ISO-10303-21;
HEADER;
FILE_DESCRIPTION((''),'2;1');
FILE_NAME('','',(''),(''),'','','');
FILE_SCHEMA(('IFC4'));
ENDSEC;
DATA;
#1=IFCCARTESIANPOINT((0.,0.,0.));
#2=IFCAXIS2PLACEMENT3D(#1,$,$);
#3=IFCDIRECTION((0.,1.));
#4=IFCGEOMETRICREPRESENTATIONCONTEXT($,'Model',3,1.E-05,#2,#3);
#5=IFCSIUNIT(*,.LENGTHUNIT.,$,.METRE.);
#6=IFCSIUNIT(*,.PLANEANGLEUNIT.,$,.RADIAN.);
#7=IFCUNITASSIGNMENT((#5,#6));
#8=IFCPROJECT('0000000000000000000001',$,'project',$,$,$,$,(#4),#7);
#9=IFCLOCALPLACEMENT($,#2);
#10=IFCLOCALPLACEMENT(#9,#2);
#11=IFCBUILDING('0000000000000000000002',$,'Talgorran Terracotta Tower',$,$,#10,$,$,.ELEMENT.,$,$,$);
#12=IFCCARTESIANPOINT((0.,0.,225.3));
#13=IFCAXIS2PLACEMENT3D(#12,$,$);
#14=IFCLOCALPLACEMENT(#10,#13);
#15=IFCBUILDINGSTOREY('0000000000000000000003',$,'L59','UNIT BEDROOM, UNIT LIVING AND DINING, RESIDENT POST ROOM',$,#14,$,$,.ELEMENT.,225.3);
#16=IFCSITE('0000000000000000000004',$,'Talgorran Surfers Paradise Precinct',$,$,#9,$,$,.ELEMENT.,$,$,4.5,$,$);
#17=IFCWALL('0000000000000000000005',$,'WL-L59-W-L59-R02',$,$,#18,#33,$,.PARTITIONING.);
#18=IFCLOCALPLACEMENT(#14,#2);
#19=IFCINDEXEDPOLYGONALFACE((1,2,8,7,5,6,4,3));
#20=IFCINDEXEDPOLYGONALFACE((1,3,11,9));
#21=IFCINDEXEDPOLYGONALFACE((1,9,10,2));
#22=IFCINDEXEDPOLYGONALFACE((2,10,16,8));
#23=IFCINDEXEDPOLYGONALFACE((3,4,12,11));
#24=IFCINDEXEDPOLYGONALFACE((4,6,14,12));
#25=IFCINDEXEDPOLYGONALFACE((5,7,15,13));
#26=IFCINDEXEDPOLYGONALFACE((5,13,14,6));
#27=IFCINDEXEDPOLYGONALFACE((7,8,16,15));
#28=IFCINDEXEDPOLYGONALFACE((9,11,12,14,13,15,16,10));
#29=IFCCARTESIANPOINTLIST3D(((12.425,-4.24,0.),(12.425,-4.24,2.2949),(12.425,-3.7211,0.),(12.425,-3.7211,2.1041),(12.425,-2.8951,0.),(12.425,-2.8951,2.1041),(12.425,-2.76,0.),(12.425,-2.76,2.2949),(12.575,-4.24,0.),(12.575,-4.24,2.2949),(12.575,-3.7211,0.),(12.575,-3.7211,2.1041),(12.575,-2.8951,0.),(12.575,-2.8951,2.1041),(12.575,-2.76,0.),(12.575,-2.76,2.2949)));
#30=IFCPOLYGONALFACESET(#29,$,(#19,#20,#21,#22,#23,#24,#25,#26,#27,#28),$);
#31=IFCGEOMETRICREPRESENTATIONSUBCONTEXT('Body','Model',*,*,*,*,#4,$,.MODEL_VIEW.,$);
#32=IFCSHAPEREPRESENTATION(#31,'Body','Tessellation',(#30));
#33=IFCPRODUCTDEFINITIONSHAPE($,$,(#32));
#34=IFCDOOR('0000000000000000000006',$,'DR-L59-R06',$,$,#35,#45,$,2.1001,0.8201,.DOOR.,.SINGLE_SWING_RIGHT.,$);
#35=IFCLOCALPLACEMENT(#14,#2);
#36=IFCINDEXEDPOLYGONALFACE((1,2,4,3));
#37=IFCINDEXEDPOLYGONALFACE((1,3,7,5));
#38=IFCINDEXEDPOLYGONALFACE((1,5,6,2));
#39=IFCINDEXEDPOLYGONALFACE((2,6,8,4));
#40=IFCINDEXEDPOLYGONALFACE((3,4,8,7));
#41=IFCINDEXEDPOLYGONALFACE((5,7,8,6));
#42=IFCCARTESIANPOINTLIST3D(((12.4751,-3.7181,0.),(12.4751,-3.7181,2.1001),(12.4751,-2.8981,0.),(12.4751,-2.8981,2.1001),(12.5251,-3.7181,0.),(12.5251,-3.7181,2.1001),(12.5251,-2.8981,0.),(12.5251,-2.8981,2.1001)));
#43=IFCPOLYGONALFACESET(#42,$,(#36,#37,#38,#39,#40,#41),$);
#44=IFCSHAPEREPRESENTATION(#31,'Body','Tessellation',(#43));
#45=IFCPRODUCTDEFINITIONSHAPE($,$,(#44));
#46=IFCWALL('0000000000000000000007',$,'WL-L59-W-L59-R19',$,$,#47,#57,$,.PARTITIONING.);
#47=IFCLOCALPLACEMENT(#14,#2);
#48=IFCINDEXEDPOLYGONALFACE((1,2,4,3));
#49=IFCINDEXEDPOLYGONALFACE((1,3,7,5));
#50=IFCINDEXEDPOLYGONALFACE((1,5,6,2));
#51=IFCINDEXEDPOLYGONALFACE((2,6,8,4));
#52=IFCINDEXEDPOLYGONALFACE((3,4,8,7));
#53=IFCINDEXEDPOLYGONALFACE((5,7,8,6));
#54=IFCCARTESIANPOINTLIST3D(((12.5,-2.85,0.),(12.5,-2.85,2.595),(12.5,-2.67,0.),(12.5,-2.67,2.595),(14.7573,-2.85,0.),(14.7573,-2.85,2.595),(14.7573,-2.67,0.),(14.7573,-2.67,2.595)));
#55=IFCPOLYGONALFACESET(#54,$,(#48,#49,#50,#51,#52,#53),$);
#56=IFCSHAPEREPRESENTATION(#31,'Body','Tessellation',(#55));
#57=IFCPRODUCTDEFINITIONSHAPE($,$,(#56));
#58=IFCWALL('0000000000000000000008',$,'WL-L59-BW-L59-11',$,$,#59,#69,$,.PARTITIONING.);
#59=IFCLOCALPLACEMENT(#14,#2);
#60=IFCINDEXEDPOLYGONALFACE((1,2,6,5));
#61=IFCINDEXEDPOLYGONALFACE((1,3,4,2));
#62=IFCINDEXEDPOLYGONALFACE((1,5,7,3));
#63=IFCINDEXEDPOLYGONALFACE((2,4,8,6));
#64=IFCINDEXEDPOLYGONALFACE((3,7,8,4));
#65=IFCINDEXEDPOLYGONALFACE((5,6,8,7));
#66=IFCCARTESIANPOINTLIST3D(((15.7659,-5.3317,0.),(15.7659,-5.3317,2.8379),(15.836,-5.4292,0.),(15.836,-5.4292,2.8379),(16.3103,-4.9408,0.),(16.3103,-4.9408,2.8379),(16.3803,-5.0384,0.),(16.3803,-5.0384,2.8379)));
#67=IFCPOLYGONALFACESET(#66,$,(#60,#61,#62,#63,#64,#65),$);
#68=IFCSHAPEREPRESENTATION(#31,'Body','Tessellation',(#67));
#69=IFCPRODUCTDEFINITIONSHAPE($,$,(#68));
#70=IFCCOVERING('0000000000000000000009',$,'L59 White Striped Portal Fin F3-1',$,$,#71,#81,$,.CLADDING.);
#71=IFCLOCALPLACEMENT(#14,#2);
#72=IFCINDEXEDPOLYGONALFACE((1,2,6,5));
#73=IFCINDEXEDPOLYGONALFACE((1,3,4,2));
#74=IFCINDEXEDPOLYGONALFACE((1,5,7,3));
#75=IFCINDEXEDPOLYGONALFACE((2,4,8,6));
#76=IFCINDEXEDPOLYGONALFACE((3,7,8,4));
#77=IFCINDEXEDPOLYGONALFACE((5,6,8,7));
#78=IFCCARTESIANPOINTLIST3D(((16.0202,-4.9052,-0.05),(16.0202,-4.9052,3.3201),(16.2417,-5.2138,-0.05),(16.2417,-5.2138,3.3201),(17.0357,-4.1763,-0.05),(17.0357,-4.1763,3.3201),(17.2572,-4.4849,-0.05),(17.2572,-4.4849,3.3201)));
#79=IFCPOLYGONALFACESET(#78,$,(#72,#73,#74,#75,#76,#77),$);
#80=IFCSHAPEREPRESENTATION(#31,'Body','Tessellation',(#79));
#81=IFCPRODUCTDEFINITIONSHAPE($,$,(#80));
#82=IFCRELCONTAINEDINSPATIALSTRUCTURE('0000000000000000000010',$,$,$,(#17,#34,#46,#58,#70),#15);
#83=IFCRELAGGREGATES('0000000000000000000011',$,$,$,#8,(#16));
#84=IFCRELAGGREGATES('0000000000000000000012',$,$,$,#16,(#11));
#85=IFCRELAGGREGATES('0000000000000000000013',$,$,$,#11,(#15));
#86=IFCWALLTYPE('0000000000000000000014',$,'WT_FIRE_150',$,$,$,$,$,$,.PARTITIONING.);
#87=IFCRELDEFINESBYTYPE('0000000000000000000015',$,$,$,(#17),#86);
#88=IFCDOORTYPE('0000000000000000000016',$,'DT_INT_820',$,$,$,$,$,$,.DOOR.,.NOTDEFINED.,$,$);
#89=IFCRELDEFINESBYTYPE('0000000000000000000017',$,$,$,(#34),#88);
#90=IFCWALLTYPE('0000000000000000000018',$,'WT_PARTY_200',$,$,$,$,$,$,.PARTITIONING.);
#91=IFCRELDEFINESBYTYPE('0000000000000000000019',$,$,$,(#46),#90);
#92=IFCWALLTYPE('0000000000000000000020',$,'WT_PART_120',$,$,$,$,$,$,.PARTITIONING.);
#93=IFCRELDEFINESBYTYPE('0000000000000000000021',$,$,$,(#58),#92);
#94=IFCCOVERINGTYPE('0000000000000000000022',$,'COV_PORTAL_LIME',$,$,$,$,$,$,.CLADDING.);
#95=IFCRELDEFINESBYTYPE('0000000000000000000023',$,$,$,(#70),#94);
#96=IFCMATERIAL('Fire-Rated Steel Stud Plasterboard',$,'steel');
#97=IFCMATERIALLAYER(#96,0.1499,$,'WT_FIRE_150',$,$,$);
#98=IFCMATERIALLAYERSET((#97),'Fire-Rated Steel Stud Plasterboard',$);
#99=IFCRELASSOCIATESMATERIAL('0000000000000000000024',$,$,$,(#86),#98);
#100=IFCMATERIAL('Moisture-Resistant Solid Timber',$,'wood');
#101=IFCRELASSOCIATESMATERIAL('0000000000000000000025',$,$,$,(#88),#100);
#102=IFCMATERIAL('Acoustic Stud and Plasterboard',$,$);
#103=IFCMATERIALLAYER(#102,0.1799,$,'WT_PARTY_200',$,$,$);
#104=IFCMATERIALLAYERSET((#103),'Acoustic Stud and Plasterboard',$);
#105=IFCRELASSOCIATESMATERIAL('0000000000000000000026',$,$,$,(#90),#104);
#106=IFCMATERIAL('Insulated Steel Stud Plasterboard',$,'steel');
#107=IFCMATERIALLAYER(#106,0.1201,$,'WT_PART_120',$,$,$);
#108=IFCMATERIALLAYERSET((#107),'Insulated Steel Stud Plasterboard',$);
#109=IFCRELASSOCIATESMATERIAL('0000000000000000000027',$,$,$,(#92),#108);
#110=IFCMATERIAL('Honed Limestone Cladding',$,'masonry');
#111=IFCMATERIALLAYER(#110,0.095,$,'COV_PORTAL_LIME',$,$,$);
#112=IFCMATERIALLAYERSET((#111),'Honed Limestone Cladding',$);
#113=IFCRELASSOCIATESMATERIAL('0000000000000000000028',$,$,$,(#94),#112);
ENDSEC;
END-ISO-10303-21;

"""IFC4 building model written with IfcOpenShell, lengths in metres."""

from ifc_helpers import new_model, si_unit, direction, frame, frame_2d, origin, origin_2d, place, context, subcontext, project, spatial, rectangle, extrude, material, layer, layer_set, type_object, element, fill, save


model = new_model("IFC4")

# Units and contexts
model_context = context("Model", 3, precision=1e-05, world=origin(), true_north=direction((0.0, 1.0)))
body_context = subcontext(model_context, "Body", "Model", "MODEL_VIEW")
ifc_project = project(units=[si_unit("LENGTHUNIT", "METRE"), si_unit("PLANEANGLEUNIT", "RADIAN")], contexts=[model_context])

# Site, building, storey
site_placement = place(None, origin())
site = spatial("IfcSite", under=ifc_project, at=site_placement, Name="Talgorran Surfers Paradise Precinct", CompositionType="ELEMENT", RefElevation=4.5)
building_placement = place(site_placement, origin())
building = spatial("IfcBuilding", under=site, at=building_placement, Name="Talgorran Terracotta Tower", CompositionType="ELEMENT")
storey_placement = place(building_placement, frame((0.0, 0.0, 225.3)))
storey = spatial("IfcBuildingStorey", under=building, at=storey_placement, Name="L59", Description="UNIT BEDROOM, UNIT LIVING AND DINING, RESIDENT POST ROOM", CompositionType="ELEMENT", Elevation=225.3)

# Wall, opening, door
ifc_material_1 = material(Name="Fire-Rated Steel Stud Plasterboard", Category="steel")
ifc_layer_1 = layer(ifc_material_1, 0.1499, Name="WT_FIRE_150")
ifc_layer_set_1 = layer_set([ifc_layer_1], Name="Fire-Rated Steel Stud Plasterboard")
wall_type_1 = type_object("IfcWallType", Name="WT_FIRE_150", PredefinedType="PARTITIONING", material=ifc_layer_set_1)
wall_1_placement = place(storey_placement, frame((12.5, -4.24, 0.0), z_axis=(0.0, 0.0, 1.0), x_axis=(0.0, 1.0, 0.0)))
wall_1 = element("IfcWall", 1, at=wall_1_placement, inside=storey, type_object=wall_type_1, Name="WL-L59-W-L59-R02", PredefinedType="PARTITIONING", context=body_context, shape_type="SweptSolid", body=[
    extrude(rectangle(XDim=1.48, YDim=0.1499, at=frame_2d((0.74, 0.0))), origin(), (0.0, 0.0, 1.0), 2.2949),
])
opening_1_placement = place(wall_1_placement, frame((0.5217, 0.0, 0.0)))
opening_1 = element("IfcOpeningElement", 2, at=opening_1_placement, cuts=wall_1, PredefinedType="OPENING", context=body_context, shape_type="SweptSolid", body=[
    extrude(rectangle(XDim=0.8261, YDim=2.1041, at=frame_2d((0.4102, 1.052))), frame((0.0, 0.085, 0.0), z_axis=(0.0, -1.0, 0.0), x_axis=(1.0, 0.0, 0.0)), (0.0, 0.0, 1.0), 0.1699),
])
ifc_material_2 = material(Name="Moisture-Resistant Solid Timber", Category="wood")
door_type_1 = type_object("IfcDoorType", Name="DT_INT_820", OperationType="NOTDEFINED", PredefinedType="DOOR", material=ifc_material_2)
door_1_placement = place(opening_1_placement, origin())
door_1 = element("IfcDoor", 3, at=door_1_placement, inside=storey, type_object=door_type_1, Name="DR-L59-R06", OperationType="SINGLE_SWING_RIGHT", OverallHeight=2.1001, OverallWidth=0.8201, PredefinedType="DOOR", context=body_context, shape_type="SweptSolid", body=[
    extrude(rectangle(XDim=0.8201, YDim=2.1001, at=frame_2d((0.4102, 1.05))), frame((0.0, 0.0249, 0.0), z_axis=(0.0, -1.0, 0.0), x_axis=(1.0, 0.0, 0.0)), (0.0, 0.0, 1.0), 0.05),
])
fill(opening_1, door_1)

# Walls
ifc_material_3 = material(Name="Acoustic Stud and Plasterboard")
ifc_layer_2 = layer(ifc_material_3, 0.1799, Name="WT_PARTY_200")
ifc_layer_set_2 = layer_set([ifc_layer_2], Name="Acoustic Stud and Plasterboard")
wall_type_2 = type_object("IfcWallType", Name="WT_PARTY_200", PredefinedType="PARTITIONING", material=ifc_layer_set_2)
wall_2_placement = place(storey_placement, frame((12.5, -2.76, 0.0), z_axis=(0.0, 0.0, 1.0), x_axis=(1.0, 0.0, 0.0)))
element("IfcWall", 4, at=wall_2_placement, inside=storey, type_object=wall_type_2, Name="WL-L59-W-L59-R19", PredefinedType="PARTITIONING", context=body_context, shape_type="SweptSolid", body=[
    extrude(rectangle(XDim=2.2573, YDim=0.1799, at=frame_2d((1.1287, 0.0))), origin(), (0.0, 0.0, 1.0), 2.595),
])
ifc_material_4 = material(Name="Insulated Steel Stud Plasterboard", Category="steel")
ifc_layer_3 = layer(ifc_material_4, 0.1201, Name="WT_PART_120")
ifc_layer_set_3 = layer_set([ifc_layer_3], Name="Insulated Steel Stud Plasterboard")
wall_type_3 = type_object("IfcWallType", Name="WT_PART_120", PredefinedType="PARTITIONING", material=ifc_layer_set_3)
wall_3_placement = place(storey_placement, frame((15.801, -5.3804, 0.0), z_axis=(0.0, 0.0, 1.0), x_axis=(0.812328, 0.583201, 0.0)))
element("IfcWall", 5, at=wall_3_placement, inside=storey, type_object=wall_type_3, Name="WL-L59-BW-L59-11", PredefinedType="PARTITIONING", context=body_context, shape_type="SweptSolid", body=[
    extrude(rectangle(XDim=0.6702, YDim=0.1201, at=frame_2d((0.335, 0.0))), origin(), (0.0, 0.0, 1.0), 2.8379),
])

# Covering
ifc_material_5 = material(Name="Honed Limestone Cladding", Category="masonry")
ifc_layer_4 = layer(ifc_material_5, 0.095, Name="COV_PORTAL_LIME")
ifc_layer_set_4 = layer_set([ifc_layer_4], Name="Honed Limestone Cladding")
covering_type = type_object("IfcCoveringType", Name="COV_PORTAL_LIME", PredefinedType="CLADDING", material=ifc_layer_set_4)
covering_placement = place(storey_placement, frame((16.6387, -4.6951, -0.05), z_axis=(0.0, 0.0, 1.0), x_axis=(-0.583116, 0.812389, 0.0)))
element("IfcCovering", 6, at=covering_placement, inside=storey, type_object=covering_type, Name="L59 White Striped Portal Fin F3-1", PredefinedType="CLADDING", context=body_context, shape_type="SweptSolid", body=[
    extrude(rectangle(XDim=0.3799, YDim=1.25, at=origin_2d()), origin(), (0.0, 0.0, 1.0), 3.3701),
])

save(model, "model.ifc")
